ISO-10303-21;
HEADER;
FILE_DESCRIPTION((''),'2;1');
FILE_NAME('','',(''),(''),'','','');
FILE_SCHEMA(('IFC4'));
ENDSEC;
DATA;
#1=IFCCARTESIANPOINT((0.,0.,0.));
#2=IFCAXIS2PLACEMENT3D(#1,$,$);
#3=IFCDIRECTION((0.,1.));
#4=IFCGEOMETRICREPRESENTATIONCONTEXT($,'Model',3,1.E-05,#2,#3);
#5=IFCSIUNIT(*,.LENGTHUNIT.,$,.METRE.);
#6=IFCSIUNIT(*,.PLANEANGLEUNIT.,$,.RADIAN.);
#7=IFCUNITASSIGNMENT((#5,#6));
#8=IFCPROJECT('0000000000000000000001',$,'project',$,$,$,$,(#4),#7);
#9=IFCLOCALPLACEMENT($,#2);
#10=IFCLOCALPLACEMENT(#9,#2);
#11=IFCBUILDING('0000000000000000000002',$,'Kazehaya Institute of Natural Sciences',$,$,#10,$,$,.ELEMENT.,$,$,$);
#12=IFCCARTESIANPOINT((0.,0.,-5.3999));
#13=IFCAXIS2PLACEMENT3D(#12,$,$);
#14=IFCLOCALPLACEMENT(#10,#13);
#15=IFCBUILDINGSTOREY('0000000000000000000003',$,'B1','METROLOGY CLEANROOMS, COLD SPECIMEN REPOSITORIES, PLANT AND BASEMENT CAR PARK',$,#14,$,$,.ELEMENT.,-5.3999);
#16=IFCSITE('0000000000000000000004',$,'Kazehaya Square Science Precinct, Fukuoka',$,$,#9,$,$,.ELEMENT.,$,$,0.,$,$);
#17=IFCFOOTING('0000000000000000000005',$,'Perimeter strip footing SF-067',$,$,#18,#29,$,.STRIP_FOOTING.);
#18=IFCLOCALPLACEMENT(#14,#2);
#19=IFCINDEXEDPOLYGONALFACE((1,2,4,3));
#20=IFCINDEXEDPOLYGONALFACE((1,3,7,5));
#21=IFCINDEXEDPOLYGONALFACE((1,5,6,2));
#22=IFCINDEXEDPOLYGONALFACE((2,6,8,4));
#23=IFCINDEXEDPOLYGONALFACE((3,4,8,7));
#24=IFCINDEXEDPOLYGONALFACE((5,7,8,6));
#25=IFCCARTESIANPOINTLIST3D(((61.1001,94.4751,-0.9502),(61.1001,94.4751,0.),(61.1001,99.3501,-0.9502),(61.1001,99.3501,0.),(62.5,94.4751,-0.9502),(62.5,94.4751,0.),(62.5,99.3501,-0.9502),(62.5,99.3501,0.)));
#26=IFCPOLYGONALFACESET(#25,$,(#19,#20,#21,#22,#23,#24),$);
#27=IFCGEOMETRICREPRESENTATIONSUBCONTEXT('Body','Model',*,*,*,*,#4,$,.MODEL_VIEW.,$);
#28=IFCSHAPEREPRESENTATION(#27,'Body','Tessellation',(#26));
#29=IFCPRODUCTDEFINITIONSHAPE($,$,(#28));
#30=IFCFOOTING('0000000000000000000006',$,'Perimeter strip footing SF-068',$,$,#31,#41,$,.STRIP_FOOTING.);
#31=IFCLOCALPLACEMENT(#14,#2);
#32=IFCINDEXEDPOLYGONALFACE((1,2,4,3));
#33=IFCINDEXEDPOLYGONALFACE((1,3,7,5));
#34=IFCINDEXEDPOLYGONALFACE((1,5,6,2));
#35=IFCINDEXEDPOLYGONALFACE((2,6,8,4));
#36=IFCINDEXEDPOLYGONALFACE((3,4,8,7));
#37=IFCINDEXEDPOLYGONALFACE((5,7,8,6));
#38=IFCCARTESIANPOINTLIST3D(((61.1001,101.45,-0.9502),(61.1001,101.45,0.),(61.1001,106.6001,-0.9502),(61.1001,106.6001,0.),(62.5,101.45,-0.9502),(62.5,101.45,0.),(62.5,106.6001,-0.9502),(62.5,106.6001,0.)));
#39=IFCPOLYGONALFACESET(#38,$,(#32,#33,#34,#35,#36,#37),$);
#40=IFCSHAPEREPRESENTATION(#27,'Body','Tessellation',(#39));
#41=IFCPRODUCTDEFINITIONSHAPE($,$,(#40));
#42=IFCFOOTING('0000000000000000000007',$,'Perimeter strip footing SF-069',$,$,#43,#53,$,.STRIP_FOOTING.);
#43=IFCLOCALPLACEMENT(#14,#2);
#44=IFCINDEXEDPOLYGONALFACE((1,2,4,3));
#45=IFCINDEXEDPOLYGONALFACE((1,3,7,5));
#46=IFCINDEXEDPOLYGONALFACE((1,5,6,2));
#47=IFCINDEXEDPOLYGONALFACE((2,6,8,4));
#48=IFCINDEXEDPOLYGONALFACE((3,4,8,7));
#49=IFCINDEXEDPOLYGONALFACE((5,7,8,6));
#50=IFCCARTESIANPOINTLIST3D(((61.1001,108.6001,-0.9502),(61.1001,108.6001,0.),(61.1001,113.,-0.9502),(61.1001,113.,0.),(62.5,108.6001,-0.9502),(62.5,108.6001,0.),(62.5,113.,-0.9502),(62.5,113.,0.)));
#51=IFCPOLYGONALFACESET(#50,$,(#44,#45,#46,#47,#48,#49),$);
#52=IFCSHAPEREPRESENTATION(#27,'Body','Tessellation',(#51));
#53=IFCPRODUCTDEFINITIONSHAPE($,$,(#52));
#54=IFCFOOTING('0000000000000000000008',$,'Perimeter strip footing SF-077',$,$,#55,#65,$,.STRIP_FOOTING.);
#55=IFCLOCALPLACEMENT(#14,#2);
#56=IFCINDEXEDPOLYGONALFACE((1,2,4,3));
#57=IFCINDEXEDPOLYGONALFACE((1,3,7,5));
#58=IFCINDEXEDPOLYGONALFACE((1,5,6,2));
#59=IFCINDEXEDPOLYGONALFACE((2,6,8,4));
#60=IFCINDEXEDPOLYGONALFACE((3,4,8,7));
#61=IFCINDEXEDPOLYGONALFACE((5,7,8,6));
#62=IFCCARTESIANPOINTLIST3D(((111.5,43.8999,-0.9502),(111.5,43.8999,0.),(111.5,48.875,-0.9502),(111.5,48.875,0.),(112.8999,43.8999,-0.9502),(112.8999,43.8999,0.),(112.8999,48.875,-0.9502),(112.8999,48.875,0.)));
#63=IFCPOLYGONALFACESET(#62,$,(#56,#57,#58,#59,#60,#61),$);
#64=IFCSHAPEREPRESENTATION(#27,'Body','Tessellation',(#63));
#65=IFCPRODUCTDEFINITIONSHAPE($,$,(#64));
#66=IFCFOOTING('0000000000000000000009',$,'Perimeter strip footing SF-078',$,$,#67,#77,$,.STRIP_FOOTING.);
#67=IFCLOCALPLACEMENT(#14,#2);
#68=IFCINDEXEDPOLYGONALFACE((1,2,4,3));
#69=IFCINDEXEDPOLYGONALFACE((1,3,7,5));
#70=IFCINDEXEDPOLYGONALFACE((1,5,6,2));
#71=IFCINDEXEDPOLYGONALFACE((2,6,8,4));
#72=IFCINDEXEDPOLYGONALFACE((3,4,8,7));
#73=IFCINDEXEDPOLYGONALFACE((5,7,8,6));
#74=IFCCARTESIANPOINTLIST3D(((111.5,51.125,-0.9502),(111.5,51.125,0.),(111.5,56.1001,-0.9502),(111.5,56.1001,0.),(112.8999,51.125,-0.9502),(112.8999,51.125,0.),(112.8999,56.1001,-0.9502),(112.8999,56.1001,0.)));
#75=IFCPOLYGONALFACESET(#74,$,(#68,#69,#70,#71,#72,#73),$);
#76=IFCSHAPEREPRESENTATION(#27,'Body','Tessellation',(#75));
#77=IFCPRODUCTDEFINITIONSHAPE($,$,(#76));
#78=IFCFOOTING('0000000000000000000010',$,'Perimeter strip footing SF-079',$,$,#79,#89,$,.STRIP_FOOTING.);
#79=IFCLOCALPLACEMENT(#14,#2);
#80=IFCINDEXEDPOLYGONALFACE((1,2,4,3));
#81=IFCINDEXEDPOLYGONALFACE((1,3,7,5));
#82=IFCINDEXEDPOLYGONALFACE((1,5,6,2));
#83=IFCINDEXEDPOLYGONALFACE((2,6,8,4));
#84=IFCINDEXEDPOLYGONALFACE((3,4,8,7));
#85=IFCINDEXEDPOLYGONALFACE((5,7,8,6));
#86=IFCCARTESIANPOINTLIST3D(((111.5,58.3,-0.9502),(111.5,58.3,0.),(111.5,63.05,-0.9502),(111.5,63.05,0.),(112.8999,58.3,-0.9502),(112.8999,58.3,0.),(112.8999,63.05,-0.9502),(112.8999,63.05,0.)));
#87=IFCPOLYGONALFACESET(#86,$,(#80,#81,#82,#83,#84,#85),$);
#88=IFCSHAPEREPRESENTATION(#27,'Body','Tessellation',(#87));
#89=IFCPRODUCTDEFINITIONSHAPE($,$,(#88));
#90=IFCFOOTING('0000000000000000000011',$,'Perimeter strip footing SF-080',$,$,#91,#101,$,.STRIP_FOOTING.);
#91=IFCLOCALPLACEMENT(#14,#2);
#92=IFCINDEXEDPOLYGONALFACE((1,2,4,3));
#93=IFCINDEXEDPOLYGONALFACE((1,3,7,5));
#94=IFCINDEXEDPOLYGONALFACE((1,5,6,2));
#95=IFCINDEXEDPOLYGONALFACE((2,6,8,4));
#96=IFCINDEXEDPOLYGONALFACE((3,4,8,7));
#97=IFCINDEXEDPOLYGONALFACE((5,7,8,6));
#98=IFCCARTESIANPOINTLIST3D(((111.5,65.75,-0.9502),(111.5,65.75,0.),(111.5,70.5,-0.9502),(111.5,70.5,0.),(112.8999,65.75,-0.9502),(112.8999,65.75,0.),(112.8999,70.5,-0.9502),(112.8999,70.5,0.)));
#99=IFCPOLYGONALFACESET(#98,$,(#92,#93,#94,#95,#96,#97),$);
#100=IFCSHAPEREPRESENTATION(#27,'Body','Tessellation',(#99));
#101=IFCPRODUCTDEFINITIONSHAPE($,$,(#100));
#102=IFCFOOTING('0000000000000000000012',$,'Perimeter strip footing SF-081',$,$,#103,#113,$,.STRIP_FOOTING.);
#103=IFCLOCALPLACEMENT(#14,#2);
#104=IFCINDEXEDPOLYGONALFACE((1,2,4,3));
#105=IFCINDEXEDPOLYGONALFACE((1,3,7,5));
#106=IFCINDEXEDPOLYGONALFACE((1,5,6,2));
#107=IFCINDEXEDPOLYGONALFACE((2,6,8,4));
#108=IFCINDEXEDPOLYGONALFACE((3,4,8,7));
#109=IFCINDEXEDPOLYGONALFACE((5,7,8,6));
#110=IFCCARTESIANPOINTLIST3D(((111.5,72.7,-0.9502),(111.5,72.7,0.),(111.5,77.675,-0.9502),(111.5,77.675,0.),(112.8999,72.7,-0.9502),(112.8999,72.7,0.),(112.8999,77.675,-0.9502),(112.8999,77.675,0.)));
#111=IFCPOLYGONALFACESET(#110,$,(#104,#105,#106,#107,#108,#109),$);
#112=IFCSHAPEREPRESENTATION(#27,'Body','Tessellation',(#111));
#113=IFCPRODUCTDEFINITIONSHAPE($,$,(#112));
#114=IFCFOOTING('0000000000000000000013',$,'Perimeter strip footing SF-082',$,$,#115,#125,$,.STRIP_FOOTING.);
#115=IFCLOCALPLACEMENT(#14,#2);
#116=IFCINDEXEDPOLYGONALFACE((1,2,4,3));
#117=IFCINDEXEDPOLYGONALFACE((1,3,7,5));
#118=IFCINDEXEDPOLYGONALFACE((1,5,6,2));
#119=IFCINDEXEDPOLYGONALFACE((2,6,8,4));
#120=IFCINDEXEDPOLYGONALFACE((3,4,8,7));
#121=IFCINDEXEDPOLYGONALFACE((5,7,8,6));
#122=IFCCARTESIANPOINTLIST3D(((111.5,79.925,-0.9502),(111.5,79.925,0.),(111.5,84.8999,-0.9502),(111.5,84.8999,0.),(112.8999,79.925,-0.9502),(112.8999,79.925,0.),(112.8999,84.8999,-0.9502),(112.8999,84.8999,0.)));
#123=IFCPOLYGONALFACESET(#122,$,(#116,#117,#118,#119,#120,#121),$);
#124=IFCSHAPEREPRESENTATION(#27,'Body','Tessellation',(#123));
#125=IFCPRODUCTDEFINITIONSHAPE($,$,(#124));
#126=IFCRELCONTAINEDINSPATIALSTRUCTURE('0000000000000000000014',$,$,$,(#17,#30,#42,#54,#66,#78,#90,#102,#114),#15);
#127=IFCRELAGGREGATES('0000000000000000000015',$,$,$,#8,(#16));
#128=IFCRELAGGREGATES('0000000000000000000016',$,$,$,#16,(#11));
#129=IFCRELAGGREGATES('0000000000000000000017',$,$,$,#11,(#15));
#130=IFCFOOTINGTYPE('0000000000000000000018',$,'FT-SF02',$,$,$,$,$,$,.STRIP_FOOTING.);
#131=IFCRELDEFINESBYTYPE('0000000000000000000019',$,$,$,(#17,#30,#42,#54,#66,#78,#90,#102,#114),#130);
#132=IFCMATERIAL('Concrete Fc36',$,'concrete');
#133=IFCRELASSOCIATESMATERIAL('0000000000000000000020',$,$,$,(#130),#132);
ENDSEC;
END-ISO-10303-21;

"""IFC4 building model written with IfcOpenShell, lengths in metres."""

from ifc_helpers import new_model, si_unit, direction, frame, origin, place, context, subcontext, project, spatial, polyline, outline, extrude, material, type_object, element, save


model = new_model("IFC4")

# Units and contexts
model_context = context("Model", 3, precision=1e-05, world=origin(), true_north=direction((0.0, 1.0)))
body_context = subcontext(model_context, "Body", "Model", "MODEL_VIEW")
ifc_project = project(units=[si_unit("LENGTHUNIT", "METRE"), si_unit("PLANEANGLEUNIT", "RADIAN")], contexts=[model_context])

# Site, building, storey
site_placement = place(None, origin())
site = spatial("IfcSite", under=ifc_project, at=site_placement, Name="Kazehaya Square Science Precinct, Fukuoka", CompositionType="ELEMENT", RefElevation=0.0)
building_placement = place(site_placement, origin())
building = spatial("IfcBuilding", under=site, at=building_placement, Name="Kazehaya Institute of Natural Sciences", CompositionType="ELEMENT")
storey_placement = place(building_placement, frame((0.0, 0.0, -5.3999)))
storey = spatial("IfcBuildingStorey", under=building, at=storey_placement, Name="B1", Description="METROLOGY CLEANROOMS, COLD SPECIMEN REPOSITORIES, PLANT AND BASEMENT CAR PARK", CompositionType="ELEMENT", Elevation=-5.3999)

# Footings
ifc_material = material(Name="Concrete Fc36", Category="concrete")
footing_type = type_object("IfcFootingType", Name="FT-SF02", PredefinedType="STRIP_FOOTING", material=ifc_material)
footing_1_placement = place(storey_placement, frame((0.0, 0.0, -0.9502)))
element("IfcFooting", 1, at=footing_1_placement, inside=storey, type_object=footing_type, Name="Perimeter strip footing SF-067", PredefinedType="STRIP_FOOTING", context=body_context, shape_type="SweptSolid", body=[
    extrude(outline(polyline([(61.1001, 94.4751), (62.5, 94.4751), (62.5, 99.3501), (61.1001, 99.3501), (61.1001, 94.4751)])), origin(), (0.0, 0.0, 1.0), 0.9502),
])
footing_2_placement = place(storey_placement, frame((0.0, 0.0, -0.9502)))
element("IfcFooting", 2, at=footing_2_placement, inside=storey, type_object=footing_type, Name="Perimeter strip footing SF-068", PredefinedType="STRIP_FOOTING", context=body_context, shape_type="SweptSolid", body=[
    extrude(outline(polyline([(61.1001, 101.45), (62.5, 101.45), (62.5, 106.6001), (61.1001, 106.6001), (61.1001, 101.45)])), origin(), (0.0, 0.0, 1.0), 0.9502),
])
footing_3_placement = place(storey_placement, frame((0.0, 0.0, -0.9502)))
element("IfcFooting", 3, at=footing_3_placement, inside=storey, type_object=footing_type, Name="Perimeter strip footing SF-069", PredefinedType="STRIP_FOOTING", context=body_context, shape_type="SweptSolid", body=[
    extrude(outline(polyline([(61.1001, 108.6001), (62.5, 108.6001), (62.5, 113.0), (61.1001, 113.0), (61.1001, 108.6001)])), origin(), (0.0, 0.0, 1.0), 0.9502),
])
footing_4_placement = place(storey_placement, frame((0.0, 0.0, -0.9502)))
element("IfcFooting", 4, at=footing_4_placement, inside=storey, type_object=footing_type, Name="Perimeter strip footing SF-077", PredefinedType="STRIP_FOOTING", context=body_context, shape_type="SweptSolid", body=[
    extrude(outline(polyline([(111.5, 43.8999), (112.8999, 43.8999), (112.8999, 48.875), (111.5, 48.875), (111.5, 43.8999)])), origin(), (0.0, 0.0, 1.0), 0.9502),
])
footing_5_placement = place(storey_placement, frame((0.0, 0.0, -0.9502)))
element("IfcFooting", 5, at=footing_5_placement, inside=storey, type_object=footing_type, Name="Perimeter strip footing SF-078", PredefinedType="STRIP_FOOTING", context=body_context, shape_type="SweptSolid", body=[
    extrude(outline(polyline([(111.5, 51.125), (112.8999, 51.125), (112.8999, 56.1001), (111.5, 56.1001), (111.5, 51.125)])), origin(), (0.0, 0.0, 1.0), 0.9502),
])
footing_6_placement = place(storey_placement, frame((0.0, 0.0, -0.9502)))
element("IfcFooting", 6, at=footing_6_placement, inside=storey, type_object=footing_type, Name="Perimeter strip footing SF-079", PredefinedType="STRIP_FOOTING", context=body_context, shape_type="SweptSolid", body=[
    extrude(outline(polyline([(111.5, 58.3), (112.8999, 58.3), (112.8999, 63.05), (111.5, 63.05), (111.5, 58.3)])), origin(), (0.0, 0.0, 1.0), 0.9502),
])
footing_7_placement = place(storey_placement, frame((0.0, 0.0, -0.9502)))
element("IfcFooting", 7, at=footing_7_placement, inside=storey, type_object=footing_type, Name="Perimeter strip footing SF-080", PredefinedType="STRIP_FOOTING", context=body_context, shape_type="SweptSolid", body=[
    extrude(outline(polyline([(111.5, 65.75), (112.8999, 65.75), (112.8999, 70.5), (111.5, 70.5), (111.5, 65.75)])), origin(), (0.0, 0.0, 1.0), 0.9502),
])
footing_8_placement = place(storey_placement, frame((0.0, 0.0, -0.9502)))
element("IfcFooting", 8, at=footing_8_placement, inside=storey, type_object=footing_type, Name="Perimeter strip footing SF-081", PredefinedType="STRIP_FOOTING", context=body_context, shape_type="SweptSolid", body=[
    extrude(outline(polyline([(111.5, 72.7), (112.8999, 72.7), (112.8999, 77.675), (111.5, 77.675), (111.5, 72.7)])), origin(), (0.0, 0.0, 1.0), 0.9502),
])
footing_9_placement = place(storey_placement, frame((0.0, 0.0, -0.9502)))
element("IfcFooting", 9, at=footing_9_placement, inside=storey, type_object=footing_type, Name="Perimeter strip footing SF-082", PredefinedType="STRIP_FOOTING", context=body_context, shape_type="SweptSolid", body=[
    extrude(outline(polyline([(111.5, 79.925), (112.8999, 79.925), (112.8999, 84.8999), (111.5, 84.8999), (111.5, 79.925)])), origin(), (0.0, 0.0, 1.0), 0.9502),
])

save(model, "model.ifc")
